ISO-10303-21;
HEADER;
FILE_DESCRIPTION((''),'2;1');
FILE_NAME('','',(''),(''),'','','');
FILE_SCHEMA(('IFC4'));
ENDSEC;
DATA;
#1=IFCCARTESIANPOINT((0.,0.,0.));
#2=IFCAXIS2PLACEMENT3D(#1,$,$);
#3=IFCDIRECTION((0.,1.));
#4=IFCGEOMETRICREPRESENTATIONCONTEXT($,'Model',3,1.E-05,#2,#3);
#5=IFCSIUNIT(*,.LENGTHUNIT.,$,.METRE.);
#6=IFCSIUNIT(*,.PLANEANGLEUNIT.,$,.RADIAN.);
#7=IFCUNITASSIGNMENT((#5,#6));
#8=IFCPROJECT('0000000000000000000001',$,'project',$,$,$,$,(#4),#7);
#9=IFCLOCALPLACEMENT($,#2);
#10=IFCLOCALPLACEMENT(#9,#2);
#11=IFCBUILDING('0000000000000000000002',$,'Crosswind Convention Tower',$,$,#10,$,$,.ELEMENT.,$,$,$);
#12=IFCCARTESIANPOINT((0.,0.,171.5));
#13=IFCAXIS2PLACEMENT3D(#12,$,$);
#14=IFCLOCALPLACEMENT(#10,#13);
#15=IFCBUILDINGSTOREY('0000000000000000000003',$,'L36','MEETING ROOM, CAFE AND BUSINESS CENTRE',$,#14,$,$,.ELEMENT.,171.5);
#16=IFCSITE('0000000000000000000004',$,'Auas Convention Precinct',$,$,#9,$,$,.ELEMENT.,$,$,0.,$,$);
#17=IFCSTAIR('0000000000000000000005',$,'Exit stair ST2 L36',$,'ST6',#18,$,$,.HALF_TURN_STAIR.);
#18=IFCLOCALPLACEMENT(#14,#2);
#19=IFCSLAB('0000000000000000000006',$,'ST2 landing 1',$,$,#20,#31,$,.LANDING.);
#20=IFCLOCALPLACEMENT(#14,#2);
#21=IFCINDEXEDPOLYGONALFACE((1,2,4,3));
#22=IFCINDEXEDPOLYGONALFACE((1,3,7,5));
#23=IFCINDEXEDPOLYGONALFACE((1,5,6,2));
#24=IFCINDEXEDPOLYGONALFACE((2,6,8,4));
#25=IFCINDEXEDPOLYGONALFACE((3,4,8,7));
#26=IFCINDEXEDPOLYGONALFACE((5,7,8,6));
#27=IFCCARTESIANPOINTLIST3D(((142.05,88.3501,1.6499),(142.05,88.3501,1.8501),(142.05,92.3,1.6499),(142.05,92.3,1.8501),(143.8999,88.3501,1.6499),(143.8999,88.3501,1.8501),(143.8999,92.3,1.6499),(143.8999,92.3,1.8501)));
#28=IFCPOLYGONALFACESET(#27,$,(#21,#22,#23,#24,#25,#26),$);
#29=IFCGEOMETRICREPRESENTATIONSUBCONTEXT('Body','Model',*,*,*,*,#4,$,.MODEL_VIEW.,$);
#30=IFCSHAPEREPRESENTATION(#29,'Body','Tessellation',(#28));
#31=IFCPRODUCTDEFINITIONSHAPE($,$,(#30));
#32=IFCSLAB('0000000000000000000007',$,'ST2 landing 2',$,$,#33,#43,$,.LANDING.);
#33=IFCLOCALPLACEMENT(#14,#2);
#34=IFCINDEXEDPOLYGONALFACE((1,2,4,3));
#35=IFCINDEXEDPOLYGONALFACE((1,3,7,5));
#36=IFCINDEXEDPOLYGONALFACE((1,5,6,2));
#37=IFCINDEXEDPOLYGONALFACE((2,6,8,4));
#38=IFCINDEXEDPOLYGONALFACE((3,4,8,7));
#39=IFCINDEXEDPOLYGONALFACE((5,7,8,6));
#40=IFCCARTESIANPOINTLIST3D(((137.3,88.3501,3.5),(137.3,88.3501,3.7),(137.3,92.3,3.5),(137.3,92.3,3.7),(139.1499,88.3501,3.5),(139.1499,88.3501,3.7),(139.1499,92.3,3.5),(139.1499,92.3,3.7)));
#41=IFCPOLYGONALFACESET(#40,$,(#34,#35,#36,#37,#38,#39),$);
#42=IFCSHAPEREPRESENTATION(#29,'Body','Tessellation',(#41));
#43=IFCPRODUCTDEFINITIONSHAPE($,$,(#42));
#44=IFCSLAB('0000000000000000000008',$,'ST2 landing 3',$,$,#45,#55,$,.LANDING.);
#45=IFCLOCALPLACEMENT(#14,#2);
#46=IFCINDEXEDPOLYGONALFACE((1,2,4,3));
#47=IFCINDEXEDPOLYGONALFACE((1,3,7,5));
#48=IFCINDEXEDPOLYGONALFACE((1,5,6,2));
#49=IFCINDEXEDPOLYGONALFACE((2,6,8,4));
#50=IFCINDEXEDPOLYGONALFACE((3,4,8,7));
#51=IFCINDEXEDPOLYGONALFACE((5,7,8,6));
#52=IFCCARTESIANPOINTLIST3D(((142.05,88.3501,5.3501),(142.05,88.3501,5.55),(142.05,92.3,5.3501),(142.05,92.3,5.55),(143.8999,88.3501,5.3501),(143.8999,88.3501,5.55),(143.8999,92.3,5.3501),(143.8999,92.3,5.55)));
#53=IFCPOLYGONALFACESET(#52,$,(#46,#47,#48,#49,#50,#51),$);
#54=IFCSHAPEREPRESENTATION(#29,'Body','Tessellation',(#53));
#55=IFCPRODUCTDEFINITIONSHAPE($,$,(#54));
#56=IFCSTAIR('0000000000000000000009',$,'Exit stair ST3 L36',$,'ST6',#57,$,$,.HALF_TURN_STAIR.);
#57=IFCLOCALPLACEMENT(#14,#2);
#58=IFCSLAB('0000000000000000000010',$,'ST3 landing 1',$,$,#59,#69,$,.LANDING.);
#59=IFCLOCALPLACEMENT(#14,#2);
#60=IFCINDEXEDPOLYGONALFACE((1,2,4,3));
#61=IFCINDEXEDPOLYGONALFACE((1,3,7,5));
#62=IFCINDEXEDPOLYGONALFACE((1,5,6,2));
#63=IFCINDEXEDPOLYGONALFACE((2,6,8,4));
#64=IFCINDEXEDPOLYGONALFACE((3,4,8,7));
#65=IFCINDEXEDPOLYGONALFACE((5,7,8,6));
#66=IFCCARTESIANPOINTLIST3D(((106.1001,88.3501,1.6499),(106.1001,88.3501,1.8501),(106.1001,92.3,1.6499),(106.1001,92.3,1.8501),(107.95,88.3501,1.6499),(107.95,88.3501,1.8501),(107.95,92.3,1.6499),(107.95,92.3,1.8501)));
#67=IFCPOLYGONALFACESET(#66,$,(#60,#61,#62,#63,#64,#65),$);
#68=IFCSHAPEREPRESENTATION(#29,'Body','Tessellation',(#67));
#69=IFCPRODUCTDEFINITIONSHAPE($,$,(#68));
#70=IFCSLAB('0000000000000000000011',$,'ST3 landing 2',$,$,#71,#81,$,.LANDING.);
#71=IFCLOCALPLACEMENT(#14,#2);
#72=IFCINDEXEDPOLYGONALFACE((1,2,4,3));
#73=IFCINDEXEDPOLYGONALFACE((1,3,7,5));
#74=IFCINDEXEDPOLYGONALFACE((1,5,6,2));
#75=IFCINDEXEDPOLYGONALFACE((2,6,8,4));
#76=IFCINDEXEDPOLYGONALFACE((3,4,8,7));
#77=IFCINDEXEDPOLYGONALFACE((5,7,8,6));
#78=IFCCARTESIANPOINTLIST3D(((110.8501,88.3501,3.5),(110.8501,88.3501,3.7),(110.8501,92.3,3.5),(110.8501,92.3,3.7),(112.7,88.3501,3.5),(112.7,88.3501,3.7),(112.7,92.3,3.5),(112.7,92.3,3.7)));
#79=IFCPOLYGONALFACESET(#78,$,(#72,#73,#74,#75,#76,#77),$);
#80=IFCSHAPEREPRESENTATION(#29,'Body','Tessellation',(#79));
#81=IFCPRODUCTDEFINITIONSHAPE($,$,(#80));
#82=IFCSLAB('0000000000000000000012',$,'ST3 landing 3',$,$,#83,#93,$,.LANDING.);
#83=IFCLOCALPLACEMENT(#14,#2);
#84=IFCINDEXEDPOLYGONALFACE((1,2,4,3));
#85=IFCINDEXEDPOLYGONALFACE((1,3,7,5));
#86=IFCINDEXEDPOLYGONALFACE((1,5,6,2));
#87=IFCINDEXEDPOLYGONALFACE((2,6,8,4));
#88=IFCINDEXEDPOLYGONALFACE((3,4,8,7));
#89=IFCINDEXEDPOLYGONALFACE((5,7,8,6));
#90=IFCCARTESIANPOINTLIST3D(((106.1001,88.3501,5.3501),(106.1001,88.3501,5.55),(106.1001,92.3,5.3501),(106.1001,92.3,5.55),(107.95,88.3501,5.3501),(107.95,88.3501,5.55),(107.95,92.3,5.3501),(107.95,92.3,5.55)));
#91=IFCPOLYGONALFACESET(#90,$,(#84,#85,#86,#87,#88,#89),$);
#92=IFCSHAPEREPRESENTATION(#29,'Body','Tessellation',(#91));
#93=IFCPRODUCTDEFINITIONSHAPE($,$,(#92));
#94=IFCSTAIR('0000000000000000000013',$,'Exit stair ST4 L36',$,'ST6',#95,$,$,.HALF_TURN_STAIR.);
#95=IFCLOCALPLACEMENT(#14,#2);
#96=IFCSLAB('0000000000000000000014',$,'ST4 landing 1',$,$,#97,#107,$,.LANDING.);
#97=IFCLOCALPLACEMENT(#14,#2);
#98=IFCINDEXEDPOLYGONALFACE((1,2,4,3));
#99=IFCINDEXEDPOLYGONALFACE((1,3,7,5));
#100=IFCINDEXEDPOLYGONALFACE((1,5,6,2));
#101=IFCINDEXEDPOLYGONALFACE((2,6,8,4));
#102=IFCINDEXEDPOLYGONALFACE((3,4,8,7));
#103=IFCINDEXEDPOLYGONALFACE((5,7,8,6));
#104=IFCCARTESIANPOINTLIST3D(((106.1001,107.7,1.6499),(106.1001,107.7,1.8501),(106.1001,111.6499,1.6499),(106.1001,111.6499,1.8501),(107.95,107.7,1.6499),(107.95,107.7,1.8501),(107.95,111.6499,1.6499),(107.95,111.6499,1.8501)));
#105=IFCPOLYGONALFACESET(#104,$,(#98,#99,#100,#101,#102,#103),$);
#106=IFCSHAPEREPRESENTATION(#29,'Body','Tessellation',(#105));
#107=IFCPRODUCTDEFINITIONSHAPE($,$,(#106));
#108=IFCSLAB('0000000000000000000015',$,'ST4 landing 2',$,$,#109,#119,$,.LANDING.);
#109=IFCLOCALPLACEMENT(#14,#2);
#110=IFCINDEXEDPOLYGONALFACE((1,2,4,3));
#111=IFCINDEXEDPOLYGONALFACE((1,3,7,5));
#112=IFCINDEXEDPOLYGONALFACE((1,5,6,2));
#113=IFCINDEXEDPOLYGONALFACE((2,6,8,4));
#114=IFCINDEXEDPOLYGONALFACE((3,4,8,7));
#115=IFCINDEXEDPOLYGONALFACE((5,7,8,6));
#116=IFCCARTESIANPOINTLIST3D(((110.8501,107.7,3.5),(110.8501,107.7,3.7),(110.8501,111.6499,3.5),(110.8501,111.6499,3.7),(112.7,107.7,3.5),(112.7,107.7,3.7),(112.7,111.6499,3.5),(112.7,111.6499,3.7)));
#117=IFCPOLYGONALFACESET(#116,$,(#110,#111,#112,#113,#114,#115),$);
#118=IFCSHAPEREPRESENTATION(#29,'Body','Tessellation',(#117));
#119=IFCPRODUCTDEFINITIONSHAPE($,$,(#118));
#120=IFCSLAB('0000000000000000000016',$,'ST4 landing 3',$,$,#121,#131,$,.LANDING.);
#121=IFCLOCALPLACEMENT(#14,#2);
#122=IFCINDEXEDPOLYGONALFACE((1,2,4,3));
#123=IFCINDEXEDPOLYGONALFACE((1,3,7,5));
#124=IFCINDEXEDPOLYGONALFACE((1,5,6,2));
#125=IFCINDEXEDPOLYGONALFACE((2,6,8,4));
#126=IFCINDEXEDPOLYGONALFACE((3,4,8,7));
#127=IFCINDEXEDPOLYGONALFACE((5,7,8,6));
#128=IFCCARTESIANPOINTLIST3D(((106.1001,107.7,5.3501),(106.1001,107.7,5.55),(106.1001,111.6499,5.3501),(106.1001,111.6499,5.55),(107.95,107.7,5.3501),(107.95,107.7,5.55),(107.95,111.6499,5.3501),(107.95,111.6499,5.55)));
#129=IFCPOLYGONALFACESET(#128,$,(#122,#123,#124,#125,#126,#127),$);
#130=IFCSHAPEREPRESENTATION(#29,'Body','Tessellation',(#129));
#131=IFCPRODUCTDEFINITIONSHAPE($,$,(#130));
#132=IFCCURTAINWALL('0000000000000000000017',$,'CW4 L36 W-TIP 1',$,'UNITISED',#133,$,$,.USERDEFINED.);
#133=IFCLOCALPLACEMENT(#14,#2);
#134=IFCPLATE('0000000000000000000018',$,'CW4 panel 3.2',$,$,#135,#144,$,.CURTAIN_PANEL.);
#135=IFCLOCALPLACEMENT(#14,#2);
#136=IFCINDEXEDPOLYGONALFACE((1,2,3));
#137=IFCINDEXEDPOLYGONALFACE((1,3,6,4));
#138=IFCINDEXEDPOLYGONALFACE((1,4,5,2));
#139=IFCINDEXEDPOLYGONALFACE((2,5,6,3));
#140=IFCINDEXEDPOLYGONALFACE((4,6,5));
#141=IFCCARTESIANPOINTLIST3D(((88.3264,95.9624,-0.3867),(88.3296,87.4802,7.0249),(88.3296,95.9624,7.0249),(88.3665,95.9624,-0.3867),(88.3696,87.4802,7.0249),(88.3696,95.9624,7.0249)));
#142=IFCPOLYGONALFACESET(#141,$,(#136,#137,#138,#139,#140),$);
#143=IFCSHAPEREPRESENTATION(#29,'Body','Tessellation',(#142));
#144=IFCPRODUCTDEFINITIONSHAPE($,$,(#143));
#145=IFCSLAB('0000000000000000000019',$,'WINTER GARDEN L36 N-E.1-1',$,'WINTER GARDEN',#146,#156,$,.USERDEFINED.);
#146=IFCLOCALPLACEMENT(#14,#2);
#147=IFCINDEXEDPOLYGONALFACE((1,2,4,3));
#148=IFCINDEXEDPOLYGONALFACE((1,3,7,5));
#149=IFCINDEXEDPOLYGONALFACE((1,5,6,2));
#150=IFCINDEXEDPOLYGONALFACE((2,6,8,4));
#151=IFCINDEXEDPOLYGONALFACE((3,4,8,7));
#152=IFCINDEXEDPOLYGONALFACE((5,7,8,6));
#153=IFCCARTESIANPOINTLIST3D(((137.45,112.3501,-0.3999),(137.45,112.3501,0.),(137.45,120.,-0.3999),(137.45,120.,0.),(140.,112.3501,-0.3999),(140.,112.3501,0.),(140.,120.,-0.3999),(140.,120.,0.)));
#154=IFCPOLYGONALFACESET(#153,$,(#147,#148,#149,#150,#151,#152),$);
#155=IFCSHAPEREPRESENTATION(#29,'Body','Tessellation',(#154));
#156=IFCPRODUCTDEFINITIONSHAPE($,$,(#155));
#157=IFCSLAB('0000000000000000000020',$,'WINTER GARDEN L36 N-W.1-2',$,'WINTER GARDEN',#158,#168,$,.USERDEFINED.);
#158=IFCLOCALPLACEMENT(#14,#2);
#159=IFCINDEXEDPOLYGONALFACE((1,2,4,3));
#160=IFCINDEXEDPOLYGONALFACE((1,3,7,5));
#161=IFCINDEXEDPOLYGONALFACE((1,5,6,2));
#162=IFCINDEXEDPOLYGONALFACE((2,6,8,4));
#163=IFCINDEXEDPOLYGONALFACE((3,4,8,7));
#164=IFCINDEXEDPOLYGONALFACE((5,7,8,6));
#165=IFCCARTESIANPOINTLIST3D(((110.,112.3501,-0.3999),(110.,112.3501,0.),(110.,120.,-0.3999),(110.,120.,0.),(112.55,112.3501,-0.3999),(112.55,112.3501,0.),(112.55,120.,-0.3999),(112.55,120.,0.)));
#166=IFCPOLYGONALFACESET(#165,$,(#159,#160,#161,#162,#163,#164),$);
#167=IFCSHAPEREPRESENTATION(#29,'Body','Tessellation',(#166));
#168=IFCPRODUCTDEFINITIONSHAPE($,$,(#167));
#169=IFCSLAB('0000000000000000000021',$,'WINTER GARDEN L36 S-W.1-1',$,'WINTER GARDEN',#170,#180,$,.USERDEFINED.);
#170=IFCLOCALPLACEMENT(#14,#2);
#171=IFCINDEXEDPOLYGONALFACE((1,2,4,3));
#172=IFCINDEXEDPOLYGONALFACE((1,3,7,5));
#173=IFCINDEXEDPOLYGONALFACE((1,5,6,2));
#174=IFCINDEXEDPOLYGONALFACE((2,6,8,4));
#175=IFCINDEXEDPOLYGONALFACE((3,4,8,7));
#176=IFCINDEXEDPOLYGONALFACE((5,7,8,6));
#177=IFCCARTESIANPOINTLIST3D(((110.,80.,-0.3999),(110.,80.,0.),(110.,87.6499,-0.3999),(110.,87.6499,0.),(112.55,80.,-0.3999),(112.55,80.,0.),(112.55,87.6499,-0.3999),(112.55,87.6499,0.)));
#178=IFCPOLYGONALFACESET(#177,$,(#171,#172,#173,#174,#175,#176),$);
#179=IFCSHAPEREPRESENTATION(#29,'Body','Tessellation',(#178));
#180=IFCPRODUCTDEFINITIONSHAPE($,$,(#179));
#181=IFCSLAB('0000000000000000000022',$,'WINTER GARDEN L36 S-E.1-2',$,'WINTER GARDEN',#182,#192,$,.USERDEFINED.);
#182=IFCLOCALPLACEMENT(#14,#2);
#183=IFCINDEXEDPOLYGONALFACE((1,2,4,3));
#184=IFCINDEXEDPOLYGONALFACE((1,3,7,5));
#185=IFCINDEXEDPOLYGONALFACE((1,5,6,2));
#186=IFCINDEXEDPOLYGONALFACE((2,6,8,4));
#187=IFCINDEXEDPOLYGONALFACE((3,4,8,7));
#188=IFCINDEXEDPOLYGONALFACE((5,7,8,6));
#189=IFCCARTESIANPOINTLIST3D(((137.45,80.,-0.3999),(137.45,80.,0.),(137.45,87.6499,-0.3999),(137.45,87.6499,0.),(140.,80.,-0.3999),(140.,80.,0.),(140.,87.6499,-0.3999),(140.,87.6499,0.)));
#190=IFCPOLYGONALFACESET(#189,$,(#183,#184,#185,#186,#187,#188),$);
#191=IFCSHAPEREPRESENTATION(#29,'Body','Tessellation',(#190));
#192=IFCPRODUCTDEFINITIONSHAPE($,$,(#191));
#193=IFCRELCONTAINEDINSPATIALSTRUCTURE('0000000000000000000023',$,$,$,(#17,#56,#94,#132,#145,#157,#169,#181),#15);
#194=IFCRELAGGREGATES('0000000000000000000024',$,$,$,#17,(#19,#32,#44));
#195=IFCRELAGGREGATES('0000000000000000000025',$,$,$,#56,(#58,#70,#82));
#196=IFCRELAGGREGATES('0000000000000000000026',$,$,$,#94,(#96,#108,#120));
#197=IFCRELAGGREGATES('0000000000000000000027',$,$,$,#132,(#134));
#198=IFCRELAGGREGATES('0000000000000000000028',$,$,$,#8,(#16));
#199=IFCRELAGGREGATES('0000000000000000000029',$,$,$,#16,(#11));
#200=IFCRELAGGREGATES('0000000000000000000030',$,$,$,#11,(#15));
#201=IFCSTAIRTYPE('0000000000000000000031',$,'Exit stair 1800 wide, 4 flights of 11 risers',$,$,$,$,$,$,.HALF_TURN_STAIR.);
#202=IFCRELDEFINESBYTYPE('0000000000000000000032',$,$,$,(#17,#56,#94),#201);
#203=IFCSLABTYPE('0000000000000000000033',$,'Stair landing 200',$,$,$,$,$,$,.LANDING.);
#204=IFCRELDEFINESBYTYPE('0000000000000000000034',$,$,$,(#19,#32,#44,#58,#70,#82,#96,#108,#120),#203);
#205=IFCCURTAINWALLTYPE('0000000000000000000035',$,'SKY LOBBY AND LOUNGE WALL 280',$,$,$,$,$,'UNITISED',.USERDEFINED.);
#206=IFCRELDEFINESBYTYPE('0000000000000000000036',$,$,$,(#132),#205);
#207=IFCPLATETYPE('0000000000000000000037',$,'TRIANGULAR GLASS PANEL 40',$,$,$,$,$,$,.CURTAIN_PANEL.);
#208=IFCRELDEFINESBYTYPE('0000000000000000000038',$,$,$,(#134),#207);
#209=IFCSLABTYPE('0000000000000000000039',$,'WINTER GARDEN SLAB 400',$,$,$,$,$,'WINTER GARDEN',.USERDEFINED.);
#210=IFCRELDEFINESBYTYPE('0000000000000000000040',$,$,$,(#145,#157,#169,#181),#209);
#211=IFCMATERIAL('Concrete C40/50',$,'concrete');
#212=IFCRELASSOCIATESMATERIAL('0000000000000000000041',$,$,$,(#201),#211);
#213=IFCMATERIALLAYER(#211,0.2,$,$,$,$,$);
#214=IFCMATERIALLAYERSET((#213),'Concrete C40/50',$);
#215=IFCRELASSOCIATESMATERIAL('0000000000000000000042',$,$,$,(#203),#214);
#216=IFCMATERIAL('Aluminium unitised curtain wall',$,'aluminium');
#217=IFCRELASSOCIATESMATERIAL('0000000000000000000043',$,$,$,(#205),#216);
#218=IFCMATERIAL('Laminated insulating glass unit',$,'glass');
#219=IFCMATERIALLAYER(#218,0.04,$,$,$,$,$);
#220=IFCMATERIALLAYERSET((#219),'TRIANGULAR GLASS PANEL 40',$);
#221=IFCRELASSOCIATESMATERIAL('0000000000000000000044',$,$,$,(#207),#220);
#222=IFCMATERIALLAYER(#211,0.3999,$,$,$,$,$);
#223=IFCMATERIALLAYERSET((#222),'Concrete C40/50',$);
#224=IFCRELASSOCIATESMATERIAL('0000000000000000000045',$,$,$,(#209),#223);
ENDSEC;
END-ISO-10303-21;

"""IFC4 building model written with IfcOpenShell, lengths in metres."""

from ifc_helpers import new_model, si_unit, direction, frame, origin, place, context, subcontext, project, spatial, polyline, outline, extrude, material, layer, layer_set, type_object, element, aggregate, save


model = new_model("IFC4")

# Units and contexts
model_context = context("Model", 3, precision=1e-05, world=origin(), true_north=direction((0.0, 1.0)))
body_context = subcontext(model_context, "Body", "Model", "MODEL_VIEW")
ifc_project = project(units=[si_unit("LENGTHUNIT", "METRE"), si_unit("PLANEANGLEUNIT", "RADIAN")], contexts=[model_context])

# Site, building, storey
site_placement = place(None, origin())
site = spatial("IfcSite", under=ifc_project, at=site_placement, Name="Auas Convention Precinct", CompositionType="ELEMENT", RefElevation=0.0)
building_placement = place(site_placement, origin())
building = spatial("IfcBuilding", under=site, at=building_placement, Name="Crosswind Convention Tower", CompositionType="ELEMENT")
storey_placement = place(building_placement, frame((0.0, 0.0, 171.5)))
storey = spatial("IfcBuildingStorey", under=building, at=storey_placement, Name="L36", Description="MEETING ROOM, CAFE AND BUSINESS CENTRE", CompositionType="ELEMENT", Elevation=171.5)

# Shared definitions
ifc_material_1 = material(Name="Concrete C40/50", Category="concrete")

# Stairs, slabs
stair_type = type_object("IfcStairType", Name="Exit stair 1800 wide, 4 flights of 11 risers", PredefinedType="HALF_TURN_STAIR", material=ifc_material_1)
ifc_layer_1 = layer(ifc_material_1, 0.2)
ifc_layer_set_1 = layer_set([ifc_layer_1], Name="Concrete C40/50")
slab_type_1 = type_object("IfcSlabType", Name="Stair landing 200", PredefinedType="LANDING", material=ifc_layer_set_1)
stair_1_placement = place(storey_placement, origin())
stair_1 = element("IfcStair", 1, at=stair_1_placement, inside=storey, type_object=stair_type, Name="Exit stair ST2 L36", ObjectType="ST6", PredefinedType="HALF_TURN_STAIR")
slab_1_placement = place(storey_placement, frame((0.0, 0.0, 1.6499)))
slab_1 = element("IfcSlab", 2, at=slab_1_placement, type_object=slab_type_1, Name="ST2 landing 1", PredefinedType="LANDING", context=body_context, shape_type="SweptSolid", body=[
    extrude(outline(polyline([(143.8999, 88.3501), (143.8999, 92.3), (142.05, 92.3), (142.05, 88.3501), (143.8999, 88.3501)])), origin(), (0.0, 0.0, 1.0), 0.2002),
])
slab_2_placement = place(storey_placement, frame((0.0, 0.0, 3.5)))
slab_2 = element("IfcSlab", 3, at=slab_2_placement, type_object=slab_type_1, Name="ST2 landing 2", PredefinedType="LANDING", context=body_context, shape_type="SweptSolid", body=[
    extrude(outline(polyline([(139.1499, 88.3501), (139.1499, 92.3), (137.3, 92.3), (137.3, 88.3501), (139.1499, 88.3501)])), origin(), (0.0, 0.0, 1.0), 0.2),
])
slab_3_placement = place(storey_placement, frame((0.0, 0.0, 5.3501)))
slab_3 = element("IfcSlab", 4, at=slab_3_placement, type_object=slab_type_1, Name="ST2 landing 3", PredefinedType="LANDING", context=body_context, shape_type="SweptSolid", body=[
    extrude(outline(polyline([(143.8999, 88.3501), (143.8999, 92.3), (142.05, 92.3), (142.05, 88.3501), (143.8999, 88.3501)])), origin(), (0.0, 0.0, 1.0), 0.2),
])
aggregate(stair_1, [slab_1, slab_2, slab_3])
stair_2_placement = place(storey_placement, origin())
stair_2 = element("IfcStair", 5, at=stair_2_placement, inside=storey, type_object=stair_type, Name="Exit stair ST3 L36", ObjectType="ST6", PredefinedType="HALF_TURN_STAIR")
slab_4_placement = place(storey_placement, frame((0.0, 0.0, 1.6499)))
slab_4 = element("IfcSlab", 6, at=slab_4_placement, type_object=slab_type_1, Name="ST3 landing 1", PredefinedType="LANDING", context=body_context, shape_type="SweptSolid", body=[
    extrude(outline(polyline([(107.95, 88.3501), (107.95, 92.3), (106.1001, 92.3), (106.1001, 88.3501), (107.95, 88.3501)])), origin(), (0.0, 0.0, 1.0), 0.2002),
])
slab_5_placement = place(storey_placement, frame((0.0, 0.0, 3.5)))
slab_5 = element("IfcSlab", 7, at=slab_5_placement, type_object=slab_type_1, Name="ST3 landing 2", PredefinedType="LANDING", context=body_context, shape_type="SweptSolid", body=[
    extrude(outline(polyline([(112.7, 88.3501), (112.7, 92.3), (110.8501, 92.3), (110.8501, 88.3501), (112.7, 88.3501)])), origin(), (0.0, 0.0, 1.0), 0.2),
])
slab_6_placement = place(storey_placement, frame((0.0, 0.0, 5.3501)))
slab_6 = element("IfcSlab", 8, at=slab_6_placement, type_object=slab_type_1, Name="ST3 landing 3", PredefinedType="LANDING", context=body_context, shape_type="SweptSolid", body=[
    extrude(outline(polyline([(107.95, 88.3501), (107.95, 92.3), (106.1001, 92.3), (106.1001, 88.3501), (107.95, 88.3501)])), origin(), (0.0, 0.0, 1.0), 0.2),
])
aggregate(stair_2, [slab_4, slab_5, slab_6])
stair_3_placement = place(storey_placement, origin())
stair_3 = element("IfcStair", 9, at=stair_3_placement, inside=storey, type_object=stair_type, Name="Exit stair ST4 L36", ObjectType="ST6", PredefinedType="HALF_TURN_STAIR")
slab_7_placement = place(storey_placement, frame((0.0, 0.0, 1.6499)))
slab_7 = element("IfcSlab", 10, at=slab_7_placement, type_object=slab_type_1, Name="ST4 landing 1", PredefinedType="LANDING", context=body_context, shape_type="SweptSolid", body=[
    extrude(outline(polyline([(107.95, 107.7), (107.95, 111.6499), (106.1001, 111.6499), (106.1001, 107.7), (107.95, 107.7)])), origin(), (0.0, 0.0, 1.0), 0.2002),
])
slab_8_placement = place(storey_placement, frame((0.0, 0.0, 3.5)))
slab_8 = element("IfcSlab", 11, at=slab_8_placement, type_object=slab_type_1, Name="ST4 landing 2", PredefinedType="LANDING", context=body_context, shape_type="SweptSolid", body=[
    extrude(outline(polyline([(112.7, 107.7), (112.7, 111.6499), (110.8501, 111.6499), (110.8501, 107.7), (112.7, 107.7)])), origin(), (0.0, 0.0, 1.0), 0.2),
])
slab_9_placement = place(storey_placement, frame((0.0, 0.0, 5.3501)))
slab_9 = element("IfcSlab", 12, at=slab_9_placement, type_object=slab_type_1, Name="ST4 landing 3", PredefinedType="LANDING", context=body_context, shape_type="SweptSolid", body=[
    extrude(outline(polyline([(107.95, 107.7), (107.95, 111.6499), (106.1001, 111.6499), (106.1001, 107.7), (107.95, 107.7)])), origin(), (0.0, 0.0, 1.0), 0.2),
])
aggregate(stair_3, [slab_7, slab_8, slab_9])

# Curtain wall, plate
ifc_material_2 = material(Name="Aluminium unitised curtain wall", Category="aluminium")
curtain_wall_type = type_object("IfcCurtainWallType", Name="SKY LOBBY AND LOUNGE WALL 280", ElementType="UNITISED", PredefinedType="USERDEFINED", material=ifc_material_2)
curtain_wall_placement = place(storey_placement, origin())
curtain_wall = element("IfcCurtainWall", 13, at=curtain_wall_placement, inside=storey, type_object=curtain_wall_type, Name="CW4 L36 W-TIP 1", ObjectType="UNITISED", PredefinedType="USERDEFINED")
ifc_material_3 = material(Name="Laminated insulating glass unit", Category="glass")
ifc_layer_2 = layer(ifc_material_3, 0.04)
ifc_layer_set_2 = layer_set([ifc_layer_2], Name="TRIANGULAR GLASS PANEL 40")
plate_type = type_object("IfcPlateType", Name="TRIANGULAR GLASS PANEL 40", PredefinedType="CURTAIN_PANEL", material=ifc_layer_set_2)
plate_placement = place(storey_placement, frame((88.3296, 95.9624, 7.0249), z_axis=(-1.0, 0.0, 0.000428), x_axis=(-0.000428, 0.0, -1.0)))
plate = element("IfcPlate", 14, at=plate_placement, type_object=plate_type, Name="CW4 panel 3.2", PredefinedType="CURTAIN_PANEL", context=body_context, shape_type="SweptSolid", body=[
    extrude(outline(polyline([(0.0, 0.0), (7.4116, 0.0), (0.0, 8.4822), (0.0, 0.0)])), origin(), (0.0, 0.0, -1.0), 0.04),
])
aggregate(curtain_wall, [plate])

# Slabs
ifc_layer_3 = layer(ifc_material_1, 0.3999)
ifc_layer_set_3 = layer_set([ifc_layer_3], Name="Concrete C40/50")
slab_type_2 = type_object("IfcSlabType", Name="WINTER GARDEN SLAB 400", ElementType="WINTER GARDEN", PredefinedType="USERDEFINED", material=ifc_layer_set_3)
slab_10_placement = place(storey_placement, frame((0.0, 0.0, -0.3999)))
element("IfcSlab", 15, at=slab_10_placement, inside=storey, type_object=slab_type_2, Name="WINTER GARDEN L36 N-E.1-1", ObjectType="WINTER GARDEN", PredefinedType="USERDEFINED", context=body_context, shape_type="SweptSolid", body=[
    extrude(outline(polyline([(137.45, 112.3501), (137.45, 120.0), (140.0, 120.0), (140.0, 112.3501), (137.45, 112.3501)])), origin(), (0.0, 0.0, 1.0), 0.3999),
])
slab_11_placement = place(storey_placement, frame((0.0, 0.0, -0.3999)))
element("IfcSlab", 16, at=slab_11_placement, inside=storey, type_object=slab_type_2, Name="WINTER GARDEN L36 N-W.1-2", ObjectType="WINTER GARDEN", PredefinedType="USERDEFINED", context=body_context, shape_type="SweptSolid", body=[
    extrude(outline(polyline([(112.55, 120.0), (112.55, 112.3501), (110.0, 112.3501), (110.0, 120.0), (112.55, 120.0)])), origin(), (0.0, 0.0, 1.0), 0.3999),
])
slab_12_placement = place(storey_placement, frame((0.0, 0.0, -0.3999)))
element("IfcSlab", 17, at=slab_12_placement, inside=storey, type_object=slab_type_2, Name="WINTER GARDEN L36 S-W.1-1", ObjectType="WINTER GARDEN", PredefinedType="USERDEFINED", context=body_context, shape_type="SweptSolid", body=[
    extrude(outline(polyline([(112.55, 87.6499), (112.55, 80.0), (110.0, 80.0), (110.0, 87.6499), (112.55, 87.6499)])), origin(), (0.0, 0.0, 1.0), 0.3999),
])
slab_13_placement = place(storey_placement, frame((0.0, 0.0, -0.3999)))
element("IfcSlab", 18, at=slab_13_placement, inside=storey, type_object=slab_type_2, Name="WINTER GARDEN L36 S-E.1-2", ObjectType="WINTER GARDEN", PredefinedType="USERDEFINED", context=body_context, shape_type="SweptSolid", body=[
    extrude(outline(polyline([(137.45, 80.0), (137.45, 87.6499), (140.0, 87.6499), (140.0, 80.0), (137.45, 80.0)])), origin(), (0.0, 0.0, 1.0), 0.3999),
])

save(model, "model.ifc")
